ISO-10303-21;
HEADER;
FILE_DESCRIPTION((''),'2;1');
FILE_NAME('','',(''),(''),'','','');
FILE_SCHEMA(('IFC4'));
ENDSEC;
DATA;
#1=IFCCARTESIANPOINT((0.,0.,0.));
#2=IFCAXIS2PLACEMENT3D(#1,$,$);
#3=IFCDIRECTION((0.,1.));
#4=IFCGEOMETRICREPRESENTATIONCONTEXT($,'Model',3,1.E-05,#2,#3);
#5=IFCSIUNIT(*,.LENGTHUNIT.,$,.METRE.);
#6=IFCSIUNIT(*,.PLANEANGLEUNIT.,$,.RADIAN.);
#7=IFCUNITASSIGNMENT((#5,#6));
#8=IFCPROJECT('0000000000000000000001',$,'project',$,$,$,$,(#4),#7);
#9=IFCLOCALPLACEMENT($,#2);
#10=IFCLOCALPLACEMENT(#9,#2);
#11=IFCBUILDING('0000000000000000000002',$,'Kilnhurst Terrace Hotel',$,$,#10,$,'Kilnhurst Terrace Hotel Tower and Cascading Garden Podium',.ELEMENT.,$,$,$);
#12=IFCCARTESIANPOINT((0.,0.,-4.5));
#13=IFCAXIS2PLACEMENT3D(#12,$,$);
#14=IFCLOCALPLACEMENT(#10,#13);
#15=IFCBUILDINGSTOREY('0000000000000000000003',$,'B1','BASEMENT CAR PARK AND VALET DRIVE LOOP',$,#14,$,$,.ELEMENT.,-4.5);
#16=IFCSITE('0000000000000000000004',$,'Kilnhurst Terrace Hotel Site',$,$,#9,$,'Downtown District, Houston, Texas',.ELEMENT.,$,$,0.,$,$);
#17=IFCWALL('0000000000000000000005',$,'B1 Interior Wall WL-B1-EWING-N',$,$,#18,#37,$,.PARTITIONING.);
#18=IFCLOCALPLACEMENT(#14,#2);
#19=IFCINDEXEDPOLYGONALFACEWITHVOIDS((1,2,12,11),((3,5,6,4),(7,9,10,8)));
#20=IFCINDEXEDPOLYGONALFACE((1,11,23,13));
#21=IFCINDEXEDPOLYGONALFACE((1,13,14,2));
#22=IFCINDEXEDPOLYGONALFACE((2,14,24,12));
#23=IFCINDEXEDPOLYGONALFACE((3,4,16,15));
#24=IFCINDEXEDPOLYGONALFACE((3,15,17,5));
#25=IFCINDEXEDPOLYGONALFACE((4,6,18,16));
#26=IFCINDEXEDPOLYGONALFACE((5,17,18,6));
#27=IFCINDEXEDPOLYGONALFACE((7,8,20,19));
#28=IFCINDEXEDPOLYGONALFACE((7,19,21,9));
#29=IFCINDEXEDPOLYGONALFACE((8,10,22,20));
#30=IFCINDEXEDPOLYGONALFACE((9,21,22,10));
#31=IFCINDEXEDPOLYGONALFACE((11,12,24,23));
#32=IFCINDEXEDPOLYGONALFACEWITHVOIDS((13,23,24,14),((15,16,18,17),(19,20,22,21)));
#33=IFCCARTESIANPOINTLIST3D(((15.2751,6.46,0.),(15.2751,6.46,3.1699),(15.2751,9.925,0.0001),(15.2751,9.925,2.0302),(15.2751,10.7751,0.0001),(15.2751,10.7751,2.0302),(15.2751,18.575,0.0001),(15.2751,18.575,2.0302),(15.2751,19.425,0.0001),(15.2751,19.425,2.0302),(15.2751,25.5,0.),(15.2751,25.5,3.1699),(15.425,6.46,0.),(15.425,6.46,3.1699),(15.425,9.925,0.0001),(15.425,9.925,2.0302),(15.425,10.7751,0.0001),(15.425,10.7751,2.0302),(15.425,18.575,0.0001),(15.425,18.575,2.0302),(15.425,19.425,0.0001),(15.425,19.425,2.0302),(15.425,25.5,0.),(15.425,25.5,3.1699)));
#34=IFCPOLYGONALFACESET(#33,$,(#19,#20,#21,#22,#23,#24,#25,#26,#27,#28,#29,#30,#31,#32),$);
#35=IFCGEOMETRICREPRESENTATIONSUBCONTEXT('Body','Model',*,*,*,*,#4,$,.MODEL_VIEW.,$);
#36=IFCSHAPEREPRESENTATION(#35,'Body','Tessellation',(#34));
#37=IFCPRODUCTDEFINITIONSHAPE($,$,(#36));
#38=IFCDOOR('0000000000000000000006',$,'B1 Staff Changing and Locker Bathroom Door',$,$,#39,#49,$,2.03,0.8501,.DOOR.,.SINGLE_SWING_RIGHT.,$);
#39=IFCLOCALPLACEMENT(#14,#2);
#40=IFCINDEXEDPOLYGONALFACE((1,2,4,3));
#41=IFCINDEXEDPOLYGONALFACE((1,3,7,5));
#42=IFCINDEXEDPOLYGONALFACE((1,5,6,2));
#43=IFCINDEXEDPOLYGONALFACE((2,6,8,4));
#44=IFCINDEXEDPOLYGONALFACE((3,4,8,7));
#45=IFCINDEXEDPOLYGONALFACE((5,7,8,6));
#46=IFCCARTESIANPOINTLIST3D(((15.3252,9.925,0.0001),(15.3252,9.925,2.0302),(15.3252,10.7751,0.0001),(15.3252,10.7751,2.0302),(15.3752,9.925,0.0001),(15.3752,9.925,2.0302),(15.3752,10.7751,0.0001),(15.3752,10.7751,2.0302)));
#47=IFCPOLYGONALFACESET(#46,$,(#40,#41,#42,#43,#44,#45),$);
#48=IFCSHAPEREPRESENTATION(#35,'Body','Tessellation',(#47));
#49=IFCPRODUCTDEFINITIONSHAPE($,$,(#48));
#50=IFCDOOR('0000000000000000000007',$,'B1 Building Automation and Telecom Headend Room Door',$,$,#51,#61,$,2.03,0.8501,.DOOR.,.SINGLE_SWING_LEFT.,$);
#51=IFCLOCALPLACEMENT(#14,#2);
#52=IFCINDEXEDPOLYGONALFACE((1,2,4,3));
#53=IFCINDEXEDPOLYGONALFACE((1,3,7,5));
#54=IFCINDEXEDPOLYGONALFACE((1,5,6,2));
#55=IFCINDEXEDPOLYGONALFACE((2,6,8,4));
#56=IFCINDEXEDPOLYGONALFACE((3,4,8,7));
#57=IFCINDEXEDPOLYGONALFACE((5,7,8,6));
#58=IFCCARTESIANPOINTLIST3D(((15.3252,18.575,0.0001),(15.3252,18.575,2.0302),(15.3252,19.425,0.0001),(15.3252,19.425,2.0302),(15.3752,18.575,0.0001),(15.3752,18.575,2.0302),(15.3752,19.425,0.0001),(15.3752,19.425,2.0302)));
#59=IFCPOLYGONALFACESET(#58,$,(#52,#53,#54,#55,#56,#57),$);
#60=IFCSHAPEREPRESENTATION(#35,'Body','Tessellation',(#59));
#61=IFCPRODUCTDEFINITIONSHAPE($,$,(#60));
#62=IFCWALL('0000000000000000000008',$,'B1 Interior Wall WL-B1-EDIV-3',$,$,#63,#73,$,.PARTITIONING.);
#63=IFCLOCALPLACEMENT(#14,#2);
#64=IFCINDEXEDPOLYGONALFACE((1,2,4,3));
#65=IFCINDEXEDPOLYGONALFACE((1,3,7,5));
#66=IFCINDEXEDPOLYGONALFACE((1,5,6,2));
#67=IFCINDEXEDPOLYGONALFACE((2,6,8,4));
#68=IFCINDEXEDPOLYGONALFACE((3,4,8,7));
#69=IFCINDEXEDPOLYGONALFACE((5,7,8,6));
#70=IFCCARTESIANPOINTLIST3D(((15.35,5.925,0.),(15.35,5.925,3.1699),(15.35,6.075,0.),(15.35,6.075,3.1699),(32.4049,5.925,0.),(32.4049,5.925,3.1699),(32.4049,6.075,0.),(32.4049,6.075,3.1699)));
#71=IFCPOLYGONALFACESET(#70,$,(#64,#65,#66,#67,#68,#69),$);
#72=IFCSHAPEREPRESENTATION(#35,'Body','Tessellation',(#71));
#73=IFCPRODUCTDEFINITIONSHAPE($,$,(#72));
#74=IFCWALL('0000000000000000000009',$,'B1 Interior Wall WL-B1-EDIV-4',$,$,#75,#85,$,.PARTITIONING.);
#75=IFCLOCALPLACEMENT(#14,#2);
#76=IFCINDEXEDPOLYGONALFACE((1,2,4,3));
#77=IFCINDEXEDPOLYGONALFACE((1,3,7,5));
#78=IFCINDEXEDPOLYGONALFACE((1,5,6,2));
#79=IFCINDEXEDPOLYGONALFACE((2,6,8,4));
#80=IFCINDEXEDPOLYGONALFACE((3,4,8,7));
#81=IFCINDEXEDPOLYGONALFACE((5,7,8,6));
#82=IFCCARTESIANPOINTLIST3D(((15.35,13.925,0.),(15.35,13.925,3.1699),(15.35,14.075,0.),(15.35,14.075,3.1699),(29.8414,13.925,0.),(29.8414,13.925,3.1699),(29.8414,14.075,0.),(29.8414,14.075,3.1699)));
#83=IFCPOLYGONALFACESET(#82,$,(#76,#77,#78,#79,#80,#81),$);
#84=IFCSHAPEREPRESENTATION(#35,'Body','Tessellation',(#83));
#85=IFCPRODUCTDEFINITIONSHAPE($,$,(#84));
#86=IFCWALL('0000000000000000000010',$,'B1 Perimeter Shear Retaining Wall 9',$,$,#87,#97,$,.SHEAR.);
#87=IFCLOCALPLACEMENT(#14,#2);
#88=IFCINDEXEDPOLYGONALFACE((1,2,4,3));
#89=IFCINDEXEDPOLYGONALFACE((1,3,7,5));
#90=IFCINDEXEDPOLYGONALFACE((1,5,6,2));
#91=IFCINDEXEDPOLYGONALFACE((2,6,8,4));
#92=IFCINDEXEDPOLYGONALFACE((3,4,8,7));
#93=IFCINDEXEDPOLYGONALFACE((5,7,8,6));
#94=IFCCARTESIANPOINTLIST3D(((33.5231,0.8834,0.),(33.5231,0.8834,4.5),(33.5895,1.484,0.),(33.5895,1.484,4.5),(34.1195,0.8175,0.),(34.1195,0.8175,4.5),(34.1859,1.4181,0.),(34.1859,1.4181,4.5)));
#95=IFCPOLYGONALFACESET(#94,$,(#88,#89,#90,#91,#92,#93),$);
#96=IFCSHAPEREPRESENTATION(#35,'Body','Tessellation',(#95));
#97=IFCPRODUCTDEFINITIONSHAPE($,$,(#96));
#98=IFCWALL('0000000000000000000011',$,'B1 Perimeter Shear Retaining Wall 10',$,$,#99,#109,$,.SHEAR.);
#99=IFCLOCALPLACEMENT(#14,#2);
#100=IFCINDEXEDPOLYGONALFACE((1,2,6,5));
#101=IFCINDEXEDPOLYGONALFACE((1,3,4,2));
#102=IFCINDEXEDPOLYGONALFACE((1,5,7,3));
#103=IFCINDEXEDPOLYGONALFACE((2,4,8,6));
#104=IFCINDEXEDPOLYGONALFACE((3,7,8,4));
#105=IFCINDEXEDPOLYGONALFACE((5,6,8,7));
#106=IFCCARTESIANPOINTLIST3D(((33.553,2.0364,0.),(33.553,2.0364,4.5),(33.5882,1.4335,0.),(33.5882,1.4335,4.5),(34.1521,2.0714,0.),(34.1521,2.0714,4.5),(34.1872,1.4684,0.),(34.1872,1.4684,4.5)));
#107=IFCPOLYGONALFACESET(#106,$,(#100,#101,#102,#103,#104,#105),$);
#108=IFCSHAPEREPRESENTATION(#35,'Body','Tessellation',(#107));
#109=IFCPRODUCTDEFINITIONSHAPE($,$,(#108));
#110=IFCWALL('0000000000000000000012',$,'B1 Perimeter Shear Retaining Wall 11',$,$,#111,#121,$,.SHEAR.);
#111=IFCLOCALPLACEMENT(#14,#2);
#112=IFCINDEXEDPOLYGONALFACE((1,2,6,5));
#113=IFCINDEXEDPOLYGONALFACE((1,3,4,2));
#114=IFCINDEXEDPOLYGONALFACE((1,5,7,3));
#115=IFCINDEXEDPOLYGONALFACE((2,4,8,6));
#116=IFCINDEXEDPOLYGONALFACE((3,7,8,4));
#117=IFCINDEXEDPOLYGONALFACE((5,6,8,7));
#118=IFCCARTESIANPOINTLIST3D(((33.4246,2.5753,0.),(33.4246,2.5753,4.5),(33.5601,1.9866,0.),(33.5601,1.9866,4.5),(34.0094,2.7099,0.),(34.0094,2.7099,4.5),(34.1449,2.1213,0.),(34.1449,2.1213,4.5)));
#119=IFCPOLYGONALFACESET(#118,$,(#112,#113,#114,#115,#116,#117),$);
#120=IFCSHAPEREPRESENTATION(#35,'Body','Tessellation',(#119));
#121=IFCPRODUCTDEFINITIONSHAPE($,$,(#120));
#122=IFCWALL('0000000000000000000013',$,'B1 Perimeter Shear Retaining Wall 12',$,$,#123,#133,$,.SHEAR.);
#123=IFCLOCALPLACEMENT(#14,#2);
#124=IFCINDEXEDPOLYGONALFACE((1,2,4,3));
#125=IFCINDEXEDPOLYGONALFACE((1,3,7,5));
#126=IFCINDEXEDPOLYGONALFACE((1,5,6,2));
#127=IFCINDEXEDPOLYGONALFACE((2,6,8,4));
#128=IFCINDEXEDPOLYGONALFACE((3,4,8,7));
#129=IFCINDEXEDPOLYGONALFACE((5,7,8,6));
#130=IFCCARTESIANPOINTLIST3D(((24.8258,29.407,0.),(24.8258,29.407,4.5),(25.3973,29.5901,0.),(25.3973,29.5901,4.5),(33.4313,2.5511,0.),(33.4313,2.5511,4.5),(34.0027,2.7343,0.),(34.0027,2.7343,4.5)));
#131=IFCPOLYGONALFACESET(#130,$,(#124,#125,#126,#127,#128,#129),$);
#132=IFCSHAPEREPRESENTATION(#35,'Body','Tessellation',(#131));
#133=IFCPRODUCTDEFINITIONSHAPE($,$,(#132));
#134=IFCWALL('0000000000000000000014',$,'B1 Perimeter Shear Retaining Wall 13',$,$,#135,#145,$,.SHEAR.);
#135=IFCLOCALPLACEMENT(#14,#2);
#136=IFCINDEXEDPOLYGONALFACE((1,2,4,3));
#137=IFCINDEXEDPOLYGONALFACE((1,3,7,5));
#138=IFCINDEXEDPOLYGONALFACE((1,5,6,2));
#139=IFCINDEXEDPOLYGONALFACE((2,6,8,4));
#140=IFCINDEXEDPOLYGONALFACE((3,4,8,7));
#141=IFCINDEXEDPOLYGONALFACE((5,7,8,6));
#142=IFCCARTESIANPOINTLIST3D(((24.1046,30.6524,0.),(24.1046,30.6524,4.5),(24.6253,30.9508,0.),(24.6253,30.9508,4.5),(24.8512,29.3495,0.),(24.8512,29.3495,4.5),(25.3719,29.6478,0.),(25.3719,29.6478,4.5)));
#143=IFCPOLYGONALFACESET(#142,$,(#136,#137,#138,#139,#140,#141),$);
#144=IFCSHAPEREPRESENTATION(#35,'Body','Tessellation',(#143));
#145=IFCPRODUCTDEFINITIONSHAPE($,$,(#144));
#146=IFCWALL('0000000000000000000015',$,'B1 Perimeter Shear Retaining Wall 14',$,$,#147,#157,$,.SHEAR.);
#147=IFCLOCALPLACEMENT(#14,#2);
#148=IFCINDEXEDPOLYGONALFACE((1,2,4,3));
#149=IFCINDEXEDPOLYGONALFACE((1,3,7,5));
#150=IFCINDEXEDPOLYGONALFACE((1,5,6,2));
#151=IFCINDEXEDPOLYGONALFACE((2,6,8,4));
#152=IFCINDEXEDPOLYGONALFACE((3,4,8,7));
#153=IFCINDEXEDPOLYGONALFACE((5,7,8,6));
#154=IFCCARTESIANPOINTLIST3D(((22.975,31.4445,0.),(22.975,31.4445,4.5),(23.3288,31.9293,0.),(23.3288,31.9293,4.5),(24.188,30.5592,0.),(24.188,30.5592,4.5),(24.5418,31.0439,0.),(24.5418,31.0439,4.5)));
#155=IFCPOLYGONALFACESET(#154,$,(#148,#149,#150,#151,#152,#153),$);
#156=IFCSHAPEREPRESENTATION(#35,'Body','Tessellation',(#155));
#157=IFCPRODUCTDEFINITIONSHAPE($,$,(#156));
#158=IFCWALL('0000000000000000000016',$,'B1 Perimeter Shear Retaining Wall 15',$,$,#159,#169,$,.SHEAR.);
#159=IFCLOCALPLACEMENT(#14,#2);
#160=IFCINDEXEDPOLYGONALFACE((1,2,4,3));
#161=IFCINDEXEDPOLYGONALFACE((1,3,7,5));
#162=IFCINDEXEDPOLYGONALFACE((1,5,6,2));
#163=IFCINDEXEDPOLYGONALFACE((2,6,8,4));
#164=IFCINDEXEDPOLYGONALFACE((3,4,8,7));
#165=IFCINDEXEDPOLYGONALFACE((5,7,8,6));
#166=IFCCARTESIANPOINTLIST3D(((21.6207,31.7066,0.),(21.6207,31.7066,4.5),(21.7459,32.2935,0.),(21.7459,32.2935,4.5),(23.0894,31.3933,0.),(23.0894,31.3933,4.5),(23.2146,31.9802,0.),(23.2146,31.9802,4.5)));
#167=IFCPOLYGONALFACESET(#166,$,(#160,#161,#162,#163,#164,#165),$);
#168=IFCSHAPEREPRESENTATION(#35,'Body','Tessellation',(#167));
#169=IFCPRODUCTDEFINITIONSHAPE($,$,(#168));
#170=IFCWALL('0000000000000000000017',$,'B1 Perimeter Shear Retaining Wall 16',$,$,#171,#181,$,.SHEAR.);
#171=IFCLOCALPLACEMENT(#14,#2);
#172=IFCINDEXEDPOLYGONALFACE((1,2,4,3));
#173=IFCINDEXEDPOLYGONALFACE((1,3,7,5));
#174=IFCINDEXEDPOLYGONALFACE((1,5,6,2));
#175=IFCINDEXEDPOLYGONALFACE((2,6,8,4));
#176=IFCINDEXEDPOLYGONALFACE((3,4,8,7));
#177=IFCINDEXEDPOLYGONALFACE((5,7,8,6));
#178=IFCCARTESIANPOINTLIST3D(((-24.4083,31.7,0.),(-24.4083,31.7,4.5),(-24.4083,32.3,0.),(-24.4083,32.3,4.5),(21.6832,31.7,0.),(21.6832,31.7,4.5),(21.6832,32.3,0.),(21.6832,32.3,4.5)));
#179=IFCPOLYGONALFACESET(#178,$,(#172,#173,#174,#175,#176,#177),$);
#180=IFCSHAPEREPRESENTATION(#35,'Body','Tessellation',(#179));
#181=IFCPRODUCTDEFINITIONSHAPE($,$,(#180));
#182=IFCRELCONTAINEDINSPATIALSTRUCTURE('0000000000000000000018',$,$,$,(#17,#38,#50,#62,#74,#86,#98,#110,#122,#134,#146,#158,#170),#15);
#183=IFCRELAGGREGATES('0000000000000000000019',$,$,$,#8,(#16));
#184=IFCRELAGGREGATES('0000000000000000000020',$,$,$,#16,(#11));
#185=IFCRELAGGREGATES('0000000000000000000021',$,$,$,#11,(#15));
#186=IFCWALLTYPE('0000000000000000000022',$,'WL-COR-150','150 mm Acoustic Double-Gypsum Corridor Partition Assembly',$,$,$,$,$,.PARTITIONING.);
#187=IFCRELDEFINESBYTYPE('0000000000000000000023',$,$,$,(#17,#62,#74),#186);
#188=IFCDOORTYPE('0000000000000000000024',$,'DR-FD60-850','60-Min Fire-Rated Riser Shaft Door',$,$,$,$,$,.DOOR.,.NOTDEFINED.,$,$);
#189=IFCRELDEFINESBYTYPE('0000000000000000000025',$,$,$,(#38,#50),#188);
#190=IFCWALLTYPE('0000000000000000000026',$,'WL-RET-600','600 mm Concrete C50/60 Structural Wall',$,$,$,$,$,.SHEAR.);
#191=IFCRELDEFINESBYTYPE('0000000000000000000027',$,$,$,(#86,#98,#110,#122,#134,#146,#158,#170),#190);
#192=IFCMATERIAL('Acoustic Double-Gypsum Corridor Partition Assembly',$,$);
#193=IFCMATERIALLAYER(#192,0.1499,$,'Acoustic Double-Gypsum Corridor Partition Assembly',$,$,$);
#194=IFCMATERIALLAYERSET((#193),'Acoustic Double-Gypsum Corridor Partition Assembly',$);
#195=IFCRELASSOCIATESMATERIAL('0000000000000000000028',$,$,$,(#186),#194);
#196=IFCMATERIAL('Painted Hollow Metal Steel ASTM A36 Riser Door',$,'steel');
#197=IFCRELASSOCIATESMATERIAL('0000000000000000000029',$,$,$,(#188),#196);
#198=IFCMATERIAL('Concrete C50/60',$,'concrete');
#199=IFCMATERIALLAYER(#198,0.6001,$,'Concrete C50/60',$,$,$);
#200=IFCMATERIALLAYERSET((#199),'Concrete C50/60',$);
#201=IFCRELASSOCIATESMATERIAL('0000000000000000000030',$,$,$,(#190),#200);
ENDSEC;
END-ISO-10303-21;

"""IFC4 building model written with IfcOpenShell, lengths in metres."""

from ifc_helpers import new_model, si_unit, direction, frame, frame_2d, origin, place, context, subcontext, project, spatial, rectangle, extrude, material, layer, layer_set, type_object, element, fill, save


model = new_model("IFC4")

# Units and contexts
model_context = context("Model", 3, precision=1e-05, world=origin(), true_north=direction((0.0, 1.0)))
body_context = subcontext(model_context, "Body", "Model", "MODEL_VIEW")
ifc_project = project(units=[si_unit("LENGTHUNIT", "METRE"), si_unit("PLANEANGLEUNIT", "RADIAN")], contexts=[model_context])

# Site, building, storey
site_placement = place(None, origin())
site = spatial("IfcSite", under=ifc_project, at=site_placement, Name="Kilnhurst Terrace Hotel Site", LongName="Downtown District, Houston, Texas", CompositionType="ELEMENT", RefElevation=0.0)
building_placement = place(site_placement, origin())
building = spatial("IfcBuilding", under=site, at=building_placement, Name="Kilnhurst Terrace Hotel", LongName="Kilnhurst Terrace Hotel Tower and Cascading Garden Podium", CompositionType="ELEMENT")
storey_placement = place(building_placement, frame((0.0, 0.0, -4.5)))
storey = spatial("IfcBuildingStorey", under=building, at=storey_placement, Name="B1", Description="BASEMENT CAR PARK AND VALET DRIVE LOOP", CompositionType="ELEMENT", Elevation=-4.5)

# Shared definitions
ifc_material_1 = material(Name="Concrete C50/60", Category="concrete")

# Shared definitions
ifc_material_2 = material(Name="Acoustic Double-Gypsum Corridor Partition Assembly")
ifc_layer_1 = layer(ifc_material_2, 0.1499, Name="Acoustic Double-Gypsum Corridor Partition Assembly")
ifc_layer_set_1 = layer_set([ifc_layer_1], Name="Acoustic Double-Gypsum Corridor Partition Assembly")
wall_type_1 = type_object("IfcWallType", Name="WL-COR-150", Description="150 mm Acoustic Double-Gypsum Corridor Partition Assembly", PredefinedType="PARTITIONING", material=ifc_layer_set_1)

# Wall, openings, doors
wall_1_placement = place(storey_placement, frame((15.3501, 6.46, 0.0), z_axis=(0.0, 0.0, 1.0), x_axis=(0.0, 1.0, 0.0)))
wall_1 = element("IfcWall", 1, at=wall_1_placement, inside=storey, type_object=wall_type_1, Name="B1 Interior Wall WL-B1-EWING-N", PredefinedType="PARTITIONING", context=body_context, shape_type="SweptSolid", body=[
    extrude(rectangle(XDim=19.04, YDim=0.1499, at=frame_2d((9.52, 0.0))), origin(), (0.0, 0.0, 1.0), 3.1699),
])
opening_1_placement = place(wall_1_placement, frame((3.4651, 0.0, 0.0)))
opening_1 = element("IfcOpeningElement", 2, at=opening_1_placement, cuts=wall_1, PredefinedType="OPENING", context=body_context, shape_type="SweptSolid", body=[
    extrude(rectangle(XDim=0.8501, YDim=2.03, at=frame_2d((0.425, 1.0151))), frame((0.0, 0.085, 0.0), z_axis=(0.0, -1.0, 0.0), x_axis=(1.0, 0.0, 0.0)), (0.0, 0.0, 1.0), 0.1699),
])
opening_2_placement = place(wall_1_placement, frame((12.115, 0.0, 0.0)))
opening_2 = element("IfcOpeningElement", 3, at=opening_2_placement, cuts=wall_1, PredefinedType="OPENING", context=body_context, shape_type="SweptSolid", body=[
    extrude(rectangle(XDim=0.8501, YDim=2.03, at=frame_2d((0.425, 1.0151))), frame((0.0, 0.085, 0.0), z_axis=(0.0, -1.0, 0.0), x_axis=(1.0, 0.0, 0.0)), (0.0, 0.0, 1.0), 0.1699),
])
ifc_material_3 = material(Name="Painted Hollow Metal Steel ASTM A36 Riser Door", Category="steel")
door_type = type_object("IfcDoorType", Name="DR-FD60-850", Description="60-Min Fire-Rated Riser Shaft Door", OperationType="NOTDEFINED", PredefinedType="DOOR", material=ifc_material_3)
door_1_placement = place(opening_1_placement, origin())
door_1 = element("IfcDoor", 4, at=door_1_placement, inside=storey, type_object=door_type, Name="B1 Staff Changing and Locker Bathroom Door", OperationType="SINGLE_SWING_RIGHT", OverallHeight=2.03, OverallWidth=0.8501, PredefinedType="DOOR", context=body_context, shape_type="SweptSolid", body=[
    extrude(rectangle(XDim=0.8501, YDim=2.03, at=frame_2d((0.425, 1.0151))), frame((0.0, 0.0249, 0.0), z_axis=(0.0, -1.0, 0.0), x_axis=(1.0, 0.0, 0.0)), (0.0, 0.0, 1.0), 0.05),
])
fill(opening_1, door_1)
door_2_placement = place(opening_2_placement, origin())
door_2 = element("IfcDoor", 5, at=door_2_placement, inside=storey, type_object=door_type, Name="B1 Building Automation and Telecom Headend Room Door", OperationType="SINGLE_SWING_LEFT", OverallHeight=2.03, OverallWidth=0.8501, PredefinedType="DOOR", context=body_context, shape_type="SweptSolid", body=[
    extrude(rectangle(XDim=0.8501, YDim=2.03, at=frame_2d((0.425, 1.0151))), frame((0.0, 0.0249, 0.0), z_axis=(0.0, -1.0, 0.0), x_axis=(1.0, 0.0, 0.0)), (0.0, 0.0, 1.0), 0.05),
])
fill(opening_2, door_2)

# Walls
wall_2_placement = place(storey_placement, frame((15.3501, 6.0, 0.0), z_axis=(0.0, 0.0, 1.0), x_axis=(1.0, 0.0, 0.0)))
element("IfcWall", 6, at=wall_2_placement, inside=storey, type_object=wall_type_1, Name="B1 Interior Wall WL-B1-EDIV-3", PredefinedType="PARTITIONING", context=body_context, shape_type="SweptSolid", body=[
    extrude(rectangle(XDim=17.0549, YDim=0.1499, at=frame_2d((8.5273, 0.0))), origin(), (0.0, 0.0, 1.0), 3.1699),
])
wall_3_placement = place(storey_placement, frame((15.3501, 14.0, 0.0), z_axis=(0.0, 0.0, 1.0), x_axis=(1.0, 0.0, 0.0)))
element("IfcWall", 7, at=wall_3_placement, inside=storey, type_object=wall_type_1, Name="B1 Interior Wall WL-B1-EDIV-4", PredefinedType="PARTITIONING", context=body_context, shape_type="SweptSolid", body=[
    extrude(rectangle(XDim=14.4915, YDim=0.1499, at=frame_2d((7.2456, 0.0))), origin(), (0.0, 0.0, 1.0), 3.1699),
])
ifc_layer_2 = layer(ifc_material_1, 0.6001, Name="Concrete C50/60")
ifc_layer_set_2 = layer_set([ifc_layer_2], Name="Concrete C50/60")
wall_type_2 = type_object("IfcWallType", Name="WL-RET-600", Description="600 mm Concrete C50/60 Structural Wall", PredefinedType="SHEAR", material=ifc_layer_set_2)
wall_4_placement = place(storey_placement, frame((33.8213, 0.8503, 0.0), z_axis=(0.0, 0.0, 1.0), x_axis=(0.109899, 0.993943, 0.0)))
element("IfcWall", 8, at=wall_4_placement, inside=storey, type_object=wall_type_2, Name="B1 Perimeter Shear Retaining Wall 9", PredefinedType="SHEAR", context=body_context, shape_type="SweptSolid", body=[
    extrude(rectangle(XDim=0.6042, YDim=0.6001, at=frame_2d((0.3022, 0.0))), origin(), (0.0, 0.0, 1.0), 4.5),
])
for number, where, z_axis, x_axis, name in (
    (9, (33.8877, 1.4509, 0.0), (0.0, 0.0, 1.0), (-0.058201, 0.998305, 0.0), "B1 Perimeter Shear Retaining Wall 10"),
    (10, (33.8525, 2.054, 0.0), (0.0, 0.0, 1.0), (-0.224328, 0.974514, 0.0), "B1 Perimeter Shear Retaining Wall 11"),
):
    element("IfcWall", number, at=place(storey_placement, frame(where, z_axis=z_axis, x_axis=x_axis)), inside=storey, type_object=wall_type_2, Name=name, PredefinedType="SHEAR", context=body_context, shape_type="SweptSolid", body=[
        extrude(rectangle(XDim=0.604, YDim=0.6001, at=frame_2d((0.302, 0.0))), origin(), (0.0, 0.0, 1.0), 4.5),
    ])
wall_5_placement = place(storey_placement, frame((33.717, 2.6426, 0.0), z_axis=(0.0, 0.0, 1.0), x_axis=(-0.305148, 0.952305, 0.0)))
element("IfcWall", 11, at=wall_5_placement, inside=storey, type_object=wall_type_2, Name="B1 Perimeter Shear Retaining Wall 12", PredefinedType="SHEAR", context=body_context, shape_type="SweptSolid", body=[
    extrude(rectangle(XDim=28.2009, YDim=0.6001, at=frame_2d((14.1006, 0.0))), origin(), (0.0, 0.0, 1.0), 4.5),
])
for number, where, z_axis, x_axis, name in (
    (12, (25.1116, 29.4985, 0.0), (0.0, 0.0, 1.0), (-0.497154, 0.867662, 0.0), "B1 Perimeter Shear Retaining Wall 13"),
    (13, (24.365, 30.8015, 0.0), (0.0, 0.0, 1.0), (-0.807737, 0.589544, 0.0), "B1 Perimeter Shear Retaining Wall 14"),
    (14, (23.1521, 31.6868, 0.0), (0.0, 0.0, 1.0), (-0.978007, 0.208574, 0.0), "B1 Perimeter Shear Retaining Wall 15"),
):
    element("IfcWall", number, at=place(storey_placement, frame(where, z_axis=z_axis, x_axis=x_axis)), inside=storey, type_object=wall_type_2, Name=name, PredefinedType="SHEAR", context=body_context, shape_type="SweptSolid", body=[
        extrude(rectangle(XDim=1.5017, YDim=0.6001, at=frame_2d((0.751, 0.0))), origin(), (0.0, 0.0, 1.0), 4.5),
    ])
wall_6_placement = place(storey_placement, frame((21.6833, 32.0, 0.0), z_axis=(0.0, 0.0, 1.0), x_axis=(-1.0, 0.0, 0.0)))
element("IfcWall", 15, at=wall_6_placement, inside=storey, type_object=wall_type_2, Name="B1 Perimeter Shear Retaining Wall 16", PredefinedType="SHEAR", context=body_context, shape_type="SweptSolid", body=[
    extrude(rectangle(XDim=46.0916, YDim=0.6001, at=frame_2d((23.0459, 0.0))), origin(), (0.0, 0.0, 1.0), 4.5),
])

save(model, "model.ifc")
